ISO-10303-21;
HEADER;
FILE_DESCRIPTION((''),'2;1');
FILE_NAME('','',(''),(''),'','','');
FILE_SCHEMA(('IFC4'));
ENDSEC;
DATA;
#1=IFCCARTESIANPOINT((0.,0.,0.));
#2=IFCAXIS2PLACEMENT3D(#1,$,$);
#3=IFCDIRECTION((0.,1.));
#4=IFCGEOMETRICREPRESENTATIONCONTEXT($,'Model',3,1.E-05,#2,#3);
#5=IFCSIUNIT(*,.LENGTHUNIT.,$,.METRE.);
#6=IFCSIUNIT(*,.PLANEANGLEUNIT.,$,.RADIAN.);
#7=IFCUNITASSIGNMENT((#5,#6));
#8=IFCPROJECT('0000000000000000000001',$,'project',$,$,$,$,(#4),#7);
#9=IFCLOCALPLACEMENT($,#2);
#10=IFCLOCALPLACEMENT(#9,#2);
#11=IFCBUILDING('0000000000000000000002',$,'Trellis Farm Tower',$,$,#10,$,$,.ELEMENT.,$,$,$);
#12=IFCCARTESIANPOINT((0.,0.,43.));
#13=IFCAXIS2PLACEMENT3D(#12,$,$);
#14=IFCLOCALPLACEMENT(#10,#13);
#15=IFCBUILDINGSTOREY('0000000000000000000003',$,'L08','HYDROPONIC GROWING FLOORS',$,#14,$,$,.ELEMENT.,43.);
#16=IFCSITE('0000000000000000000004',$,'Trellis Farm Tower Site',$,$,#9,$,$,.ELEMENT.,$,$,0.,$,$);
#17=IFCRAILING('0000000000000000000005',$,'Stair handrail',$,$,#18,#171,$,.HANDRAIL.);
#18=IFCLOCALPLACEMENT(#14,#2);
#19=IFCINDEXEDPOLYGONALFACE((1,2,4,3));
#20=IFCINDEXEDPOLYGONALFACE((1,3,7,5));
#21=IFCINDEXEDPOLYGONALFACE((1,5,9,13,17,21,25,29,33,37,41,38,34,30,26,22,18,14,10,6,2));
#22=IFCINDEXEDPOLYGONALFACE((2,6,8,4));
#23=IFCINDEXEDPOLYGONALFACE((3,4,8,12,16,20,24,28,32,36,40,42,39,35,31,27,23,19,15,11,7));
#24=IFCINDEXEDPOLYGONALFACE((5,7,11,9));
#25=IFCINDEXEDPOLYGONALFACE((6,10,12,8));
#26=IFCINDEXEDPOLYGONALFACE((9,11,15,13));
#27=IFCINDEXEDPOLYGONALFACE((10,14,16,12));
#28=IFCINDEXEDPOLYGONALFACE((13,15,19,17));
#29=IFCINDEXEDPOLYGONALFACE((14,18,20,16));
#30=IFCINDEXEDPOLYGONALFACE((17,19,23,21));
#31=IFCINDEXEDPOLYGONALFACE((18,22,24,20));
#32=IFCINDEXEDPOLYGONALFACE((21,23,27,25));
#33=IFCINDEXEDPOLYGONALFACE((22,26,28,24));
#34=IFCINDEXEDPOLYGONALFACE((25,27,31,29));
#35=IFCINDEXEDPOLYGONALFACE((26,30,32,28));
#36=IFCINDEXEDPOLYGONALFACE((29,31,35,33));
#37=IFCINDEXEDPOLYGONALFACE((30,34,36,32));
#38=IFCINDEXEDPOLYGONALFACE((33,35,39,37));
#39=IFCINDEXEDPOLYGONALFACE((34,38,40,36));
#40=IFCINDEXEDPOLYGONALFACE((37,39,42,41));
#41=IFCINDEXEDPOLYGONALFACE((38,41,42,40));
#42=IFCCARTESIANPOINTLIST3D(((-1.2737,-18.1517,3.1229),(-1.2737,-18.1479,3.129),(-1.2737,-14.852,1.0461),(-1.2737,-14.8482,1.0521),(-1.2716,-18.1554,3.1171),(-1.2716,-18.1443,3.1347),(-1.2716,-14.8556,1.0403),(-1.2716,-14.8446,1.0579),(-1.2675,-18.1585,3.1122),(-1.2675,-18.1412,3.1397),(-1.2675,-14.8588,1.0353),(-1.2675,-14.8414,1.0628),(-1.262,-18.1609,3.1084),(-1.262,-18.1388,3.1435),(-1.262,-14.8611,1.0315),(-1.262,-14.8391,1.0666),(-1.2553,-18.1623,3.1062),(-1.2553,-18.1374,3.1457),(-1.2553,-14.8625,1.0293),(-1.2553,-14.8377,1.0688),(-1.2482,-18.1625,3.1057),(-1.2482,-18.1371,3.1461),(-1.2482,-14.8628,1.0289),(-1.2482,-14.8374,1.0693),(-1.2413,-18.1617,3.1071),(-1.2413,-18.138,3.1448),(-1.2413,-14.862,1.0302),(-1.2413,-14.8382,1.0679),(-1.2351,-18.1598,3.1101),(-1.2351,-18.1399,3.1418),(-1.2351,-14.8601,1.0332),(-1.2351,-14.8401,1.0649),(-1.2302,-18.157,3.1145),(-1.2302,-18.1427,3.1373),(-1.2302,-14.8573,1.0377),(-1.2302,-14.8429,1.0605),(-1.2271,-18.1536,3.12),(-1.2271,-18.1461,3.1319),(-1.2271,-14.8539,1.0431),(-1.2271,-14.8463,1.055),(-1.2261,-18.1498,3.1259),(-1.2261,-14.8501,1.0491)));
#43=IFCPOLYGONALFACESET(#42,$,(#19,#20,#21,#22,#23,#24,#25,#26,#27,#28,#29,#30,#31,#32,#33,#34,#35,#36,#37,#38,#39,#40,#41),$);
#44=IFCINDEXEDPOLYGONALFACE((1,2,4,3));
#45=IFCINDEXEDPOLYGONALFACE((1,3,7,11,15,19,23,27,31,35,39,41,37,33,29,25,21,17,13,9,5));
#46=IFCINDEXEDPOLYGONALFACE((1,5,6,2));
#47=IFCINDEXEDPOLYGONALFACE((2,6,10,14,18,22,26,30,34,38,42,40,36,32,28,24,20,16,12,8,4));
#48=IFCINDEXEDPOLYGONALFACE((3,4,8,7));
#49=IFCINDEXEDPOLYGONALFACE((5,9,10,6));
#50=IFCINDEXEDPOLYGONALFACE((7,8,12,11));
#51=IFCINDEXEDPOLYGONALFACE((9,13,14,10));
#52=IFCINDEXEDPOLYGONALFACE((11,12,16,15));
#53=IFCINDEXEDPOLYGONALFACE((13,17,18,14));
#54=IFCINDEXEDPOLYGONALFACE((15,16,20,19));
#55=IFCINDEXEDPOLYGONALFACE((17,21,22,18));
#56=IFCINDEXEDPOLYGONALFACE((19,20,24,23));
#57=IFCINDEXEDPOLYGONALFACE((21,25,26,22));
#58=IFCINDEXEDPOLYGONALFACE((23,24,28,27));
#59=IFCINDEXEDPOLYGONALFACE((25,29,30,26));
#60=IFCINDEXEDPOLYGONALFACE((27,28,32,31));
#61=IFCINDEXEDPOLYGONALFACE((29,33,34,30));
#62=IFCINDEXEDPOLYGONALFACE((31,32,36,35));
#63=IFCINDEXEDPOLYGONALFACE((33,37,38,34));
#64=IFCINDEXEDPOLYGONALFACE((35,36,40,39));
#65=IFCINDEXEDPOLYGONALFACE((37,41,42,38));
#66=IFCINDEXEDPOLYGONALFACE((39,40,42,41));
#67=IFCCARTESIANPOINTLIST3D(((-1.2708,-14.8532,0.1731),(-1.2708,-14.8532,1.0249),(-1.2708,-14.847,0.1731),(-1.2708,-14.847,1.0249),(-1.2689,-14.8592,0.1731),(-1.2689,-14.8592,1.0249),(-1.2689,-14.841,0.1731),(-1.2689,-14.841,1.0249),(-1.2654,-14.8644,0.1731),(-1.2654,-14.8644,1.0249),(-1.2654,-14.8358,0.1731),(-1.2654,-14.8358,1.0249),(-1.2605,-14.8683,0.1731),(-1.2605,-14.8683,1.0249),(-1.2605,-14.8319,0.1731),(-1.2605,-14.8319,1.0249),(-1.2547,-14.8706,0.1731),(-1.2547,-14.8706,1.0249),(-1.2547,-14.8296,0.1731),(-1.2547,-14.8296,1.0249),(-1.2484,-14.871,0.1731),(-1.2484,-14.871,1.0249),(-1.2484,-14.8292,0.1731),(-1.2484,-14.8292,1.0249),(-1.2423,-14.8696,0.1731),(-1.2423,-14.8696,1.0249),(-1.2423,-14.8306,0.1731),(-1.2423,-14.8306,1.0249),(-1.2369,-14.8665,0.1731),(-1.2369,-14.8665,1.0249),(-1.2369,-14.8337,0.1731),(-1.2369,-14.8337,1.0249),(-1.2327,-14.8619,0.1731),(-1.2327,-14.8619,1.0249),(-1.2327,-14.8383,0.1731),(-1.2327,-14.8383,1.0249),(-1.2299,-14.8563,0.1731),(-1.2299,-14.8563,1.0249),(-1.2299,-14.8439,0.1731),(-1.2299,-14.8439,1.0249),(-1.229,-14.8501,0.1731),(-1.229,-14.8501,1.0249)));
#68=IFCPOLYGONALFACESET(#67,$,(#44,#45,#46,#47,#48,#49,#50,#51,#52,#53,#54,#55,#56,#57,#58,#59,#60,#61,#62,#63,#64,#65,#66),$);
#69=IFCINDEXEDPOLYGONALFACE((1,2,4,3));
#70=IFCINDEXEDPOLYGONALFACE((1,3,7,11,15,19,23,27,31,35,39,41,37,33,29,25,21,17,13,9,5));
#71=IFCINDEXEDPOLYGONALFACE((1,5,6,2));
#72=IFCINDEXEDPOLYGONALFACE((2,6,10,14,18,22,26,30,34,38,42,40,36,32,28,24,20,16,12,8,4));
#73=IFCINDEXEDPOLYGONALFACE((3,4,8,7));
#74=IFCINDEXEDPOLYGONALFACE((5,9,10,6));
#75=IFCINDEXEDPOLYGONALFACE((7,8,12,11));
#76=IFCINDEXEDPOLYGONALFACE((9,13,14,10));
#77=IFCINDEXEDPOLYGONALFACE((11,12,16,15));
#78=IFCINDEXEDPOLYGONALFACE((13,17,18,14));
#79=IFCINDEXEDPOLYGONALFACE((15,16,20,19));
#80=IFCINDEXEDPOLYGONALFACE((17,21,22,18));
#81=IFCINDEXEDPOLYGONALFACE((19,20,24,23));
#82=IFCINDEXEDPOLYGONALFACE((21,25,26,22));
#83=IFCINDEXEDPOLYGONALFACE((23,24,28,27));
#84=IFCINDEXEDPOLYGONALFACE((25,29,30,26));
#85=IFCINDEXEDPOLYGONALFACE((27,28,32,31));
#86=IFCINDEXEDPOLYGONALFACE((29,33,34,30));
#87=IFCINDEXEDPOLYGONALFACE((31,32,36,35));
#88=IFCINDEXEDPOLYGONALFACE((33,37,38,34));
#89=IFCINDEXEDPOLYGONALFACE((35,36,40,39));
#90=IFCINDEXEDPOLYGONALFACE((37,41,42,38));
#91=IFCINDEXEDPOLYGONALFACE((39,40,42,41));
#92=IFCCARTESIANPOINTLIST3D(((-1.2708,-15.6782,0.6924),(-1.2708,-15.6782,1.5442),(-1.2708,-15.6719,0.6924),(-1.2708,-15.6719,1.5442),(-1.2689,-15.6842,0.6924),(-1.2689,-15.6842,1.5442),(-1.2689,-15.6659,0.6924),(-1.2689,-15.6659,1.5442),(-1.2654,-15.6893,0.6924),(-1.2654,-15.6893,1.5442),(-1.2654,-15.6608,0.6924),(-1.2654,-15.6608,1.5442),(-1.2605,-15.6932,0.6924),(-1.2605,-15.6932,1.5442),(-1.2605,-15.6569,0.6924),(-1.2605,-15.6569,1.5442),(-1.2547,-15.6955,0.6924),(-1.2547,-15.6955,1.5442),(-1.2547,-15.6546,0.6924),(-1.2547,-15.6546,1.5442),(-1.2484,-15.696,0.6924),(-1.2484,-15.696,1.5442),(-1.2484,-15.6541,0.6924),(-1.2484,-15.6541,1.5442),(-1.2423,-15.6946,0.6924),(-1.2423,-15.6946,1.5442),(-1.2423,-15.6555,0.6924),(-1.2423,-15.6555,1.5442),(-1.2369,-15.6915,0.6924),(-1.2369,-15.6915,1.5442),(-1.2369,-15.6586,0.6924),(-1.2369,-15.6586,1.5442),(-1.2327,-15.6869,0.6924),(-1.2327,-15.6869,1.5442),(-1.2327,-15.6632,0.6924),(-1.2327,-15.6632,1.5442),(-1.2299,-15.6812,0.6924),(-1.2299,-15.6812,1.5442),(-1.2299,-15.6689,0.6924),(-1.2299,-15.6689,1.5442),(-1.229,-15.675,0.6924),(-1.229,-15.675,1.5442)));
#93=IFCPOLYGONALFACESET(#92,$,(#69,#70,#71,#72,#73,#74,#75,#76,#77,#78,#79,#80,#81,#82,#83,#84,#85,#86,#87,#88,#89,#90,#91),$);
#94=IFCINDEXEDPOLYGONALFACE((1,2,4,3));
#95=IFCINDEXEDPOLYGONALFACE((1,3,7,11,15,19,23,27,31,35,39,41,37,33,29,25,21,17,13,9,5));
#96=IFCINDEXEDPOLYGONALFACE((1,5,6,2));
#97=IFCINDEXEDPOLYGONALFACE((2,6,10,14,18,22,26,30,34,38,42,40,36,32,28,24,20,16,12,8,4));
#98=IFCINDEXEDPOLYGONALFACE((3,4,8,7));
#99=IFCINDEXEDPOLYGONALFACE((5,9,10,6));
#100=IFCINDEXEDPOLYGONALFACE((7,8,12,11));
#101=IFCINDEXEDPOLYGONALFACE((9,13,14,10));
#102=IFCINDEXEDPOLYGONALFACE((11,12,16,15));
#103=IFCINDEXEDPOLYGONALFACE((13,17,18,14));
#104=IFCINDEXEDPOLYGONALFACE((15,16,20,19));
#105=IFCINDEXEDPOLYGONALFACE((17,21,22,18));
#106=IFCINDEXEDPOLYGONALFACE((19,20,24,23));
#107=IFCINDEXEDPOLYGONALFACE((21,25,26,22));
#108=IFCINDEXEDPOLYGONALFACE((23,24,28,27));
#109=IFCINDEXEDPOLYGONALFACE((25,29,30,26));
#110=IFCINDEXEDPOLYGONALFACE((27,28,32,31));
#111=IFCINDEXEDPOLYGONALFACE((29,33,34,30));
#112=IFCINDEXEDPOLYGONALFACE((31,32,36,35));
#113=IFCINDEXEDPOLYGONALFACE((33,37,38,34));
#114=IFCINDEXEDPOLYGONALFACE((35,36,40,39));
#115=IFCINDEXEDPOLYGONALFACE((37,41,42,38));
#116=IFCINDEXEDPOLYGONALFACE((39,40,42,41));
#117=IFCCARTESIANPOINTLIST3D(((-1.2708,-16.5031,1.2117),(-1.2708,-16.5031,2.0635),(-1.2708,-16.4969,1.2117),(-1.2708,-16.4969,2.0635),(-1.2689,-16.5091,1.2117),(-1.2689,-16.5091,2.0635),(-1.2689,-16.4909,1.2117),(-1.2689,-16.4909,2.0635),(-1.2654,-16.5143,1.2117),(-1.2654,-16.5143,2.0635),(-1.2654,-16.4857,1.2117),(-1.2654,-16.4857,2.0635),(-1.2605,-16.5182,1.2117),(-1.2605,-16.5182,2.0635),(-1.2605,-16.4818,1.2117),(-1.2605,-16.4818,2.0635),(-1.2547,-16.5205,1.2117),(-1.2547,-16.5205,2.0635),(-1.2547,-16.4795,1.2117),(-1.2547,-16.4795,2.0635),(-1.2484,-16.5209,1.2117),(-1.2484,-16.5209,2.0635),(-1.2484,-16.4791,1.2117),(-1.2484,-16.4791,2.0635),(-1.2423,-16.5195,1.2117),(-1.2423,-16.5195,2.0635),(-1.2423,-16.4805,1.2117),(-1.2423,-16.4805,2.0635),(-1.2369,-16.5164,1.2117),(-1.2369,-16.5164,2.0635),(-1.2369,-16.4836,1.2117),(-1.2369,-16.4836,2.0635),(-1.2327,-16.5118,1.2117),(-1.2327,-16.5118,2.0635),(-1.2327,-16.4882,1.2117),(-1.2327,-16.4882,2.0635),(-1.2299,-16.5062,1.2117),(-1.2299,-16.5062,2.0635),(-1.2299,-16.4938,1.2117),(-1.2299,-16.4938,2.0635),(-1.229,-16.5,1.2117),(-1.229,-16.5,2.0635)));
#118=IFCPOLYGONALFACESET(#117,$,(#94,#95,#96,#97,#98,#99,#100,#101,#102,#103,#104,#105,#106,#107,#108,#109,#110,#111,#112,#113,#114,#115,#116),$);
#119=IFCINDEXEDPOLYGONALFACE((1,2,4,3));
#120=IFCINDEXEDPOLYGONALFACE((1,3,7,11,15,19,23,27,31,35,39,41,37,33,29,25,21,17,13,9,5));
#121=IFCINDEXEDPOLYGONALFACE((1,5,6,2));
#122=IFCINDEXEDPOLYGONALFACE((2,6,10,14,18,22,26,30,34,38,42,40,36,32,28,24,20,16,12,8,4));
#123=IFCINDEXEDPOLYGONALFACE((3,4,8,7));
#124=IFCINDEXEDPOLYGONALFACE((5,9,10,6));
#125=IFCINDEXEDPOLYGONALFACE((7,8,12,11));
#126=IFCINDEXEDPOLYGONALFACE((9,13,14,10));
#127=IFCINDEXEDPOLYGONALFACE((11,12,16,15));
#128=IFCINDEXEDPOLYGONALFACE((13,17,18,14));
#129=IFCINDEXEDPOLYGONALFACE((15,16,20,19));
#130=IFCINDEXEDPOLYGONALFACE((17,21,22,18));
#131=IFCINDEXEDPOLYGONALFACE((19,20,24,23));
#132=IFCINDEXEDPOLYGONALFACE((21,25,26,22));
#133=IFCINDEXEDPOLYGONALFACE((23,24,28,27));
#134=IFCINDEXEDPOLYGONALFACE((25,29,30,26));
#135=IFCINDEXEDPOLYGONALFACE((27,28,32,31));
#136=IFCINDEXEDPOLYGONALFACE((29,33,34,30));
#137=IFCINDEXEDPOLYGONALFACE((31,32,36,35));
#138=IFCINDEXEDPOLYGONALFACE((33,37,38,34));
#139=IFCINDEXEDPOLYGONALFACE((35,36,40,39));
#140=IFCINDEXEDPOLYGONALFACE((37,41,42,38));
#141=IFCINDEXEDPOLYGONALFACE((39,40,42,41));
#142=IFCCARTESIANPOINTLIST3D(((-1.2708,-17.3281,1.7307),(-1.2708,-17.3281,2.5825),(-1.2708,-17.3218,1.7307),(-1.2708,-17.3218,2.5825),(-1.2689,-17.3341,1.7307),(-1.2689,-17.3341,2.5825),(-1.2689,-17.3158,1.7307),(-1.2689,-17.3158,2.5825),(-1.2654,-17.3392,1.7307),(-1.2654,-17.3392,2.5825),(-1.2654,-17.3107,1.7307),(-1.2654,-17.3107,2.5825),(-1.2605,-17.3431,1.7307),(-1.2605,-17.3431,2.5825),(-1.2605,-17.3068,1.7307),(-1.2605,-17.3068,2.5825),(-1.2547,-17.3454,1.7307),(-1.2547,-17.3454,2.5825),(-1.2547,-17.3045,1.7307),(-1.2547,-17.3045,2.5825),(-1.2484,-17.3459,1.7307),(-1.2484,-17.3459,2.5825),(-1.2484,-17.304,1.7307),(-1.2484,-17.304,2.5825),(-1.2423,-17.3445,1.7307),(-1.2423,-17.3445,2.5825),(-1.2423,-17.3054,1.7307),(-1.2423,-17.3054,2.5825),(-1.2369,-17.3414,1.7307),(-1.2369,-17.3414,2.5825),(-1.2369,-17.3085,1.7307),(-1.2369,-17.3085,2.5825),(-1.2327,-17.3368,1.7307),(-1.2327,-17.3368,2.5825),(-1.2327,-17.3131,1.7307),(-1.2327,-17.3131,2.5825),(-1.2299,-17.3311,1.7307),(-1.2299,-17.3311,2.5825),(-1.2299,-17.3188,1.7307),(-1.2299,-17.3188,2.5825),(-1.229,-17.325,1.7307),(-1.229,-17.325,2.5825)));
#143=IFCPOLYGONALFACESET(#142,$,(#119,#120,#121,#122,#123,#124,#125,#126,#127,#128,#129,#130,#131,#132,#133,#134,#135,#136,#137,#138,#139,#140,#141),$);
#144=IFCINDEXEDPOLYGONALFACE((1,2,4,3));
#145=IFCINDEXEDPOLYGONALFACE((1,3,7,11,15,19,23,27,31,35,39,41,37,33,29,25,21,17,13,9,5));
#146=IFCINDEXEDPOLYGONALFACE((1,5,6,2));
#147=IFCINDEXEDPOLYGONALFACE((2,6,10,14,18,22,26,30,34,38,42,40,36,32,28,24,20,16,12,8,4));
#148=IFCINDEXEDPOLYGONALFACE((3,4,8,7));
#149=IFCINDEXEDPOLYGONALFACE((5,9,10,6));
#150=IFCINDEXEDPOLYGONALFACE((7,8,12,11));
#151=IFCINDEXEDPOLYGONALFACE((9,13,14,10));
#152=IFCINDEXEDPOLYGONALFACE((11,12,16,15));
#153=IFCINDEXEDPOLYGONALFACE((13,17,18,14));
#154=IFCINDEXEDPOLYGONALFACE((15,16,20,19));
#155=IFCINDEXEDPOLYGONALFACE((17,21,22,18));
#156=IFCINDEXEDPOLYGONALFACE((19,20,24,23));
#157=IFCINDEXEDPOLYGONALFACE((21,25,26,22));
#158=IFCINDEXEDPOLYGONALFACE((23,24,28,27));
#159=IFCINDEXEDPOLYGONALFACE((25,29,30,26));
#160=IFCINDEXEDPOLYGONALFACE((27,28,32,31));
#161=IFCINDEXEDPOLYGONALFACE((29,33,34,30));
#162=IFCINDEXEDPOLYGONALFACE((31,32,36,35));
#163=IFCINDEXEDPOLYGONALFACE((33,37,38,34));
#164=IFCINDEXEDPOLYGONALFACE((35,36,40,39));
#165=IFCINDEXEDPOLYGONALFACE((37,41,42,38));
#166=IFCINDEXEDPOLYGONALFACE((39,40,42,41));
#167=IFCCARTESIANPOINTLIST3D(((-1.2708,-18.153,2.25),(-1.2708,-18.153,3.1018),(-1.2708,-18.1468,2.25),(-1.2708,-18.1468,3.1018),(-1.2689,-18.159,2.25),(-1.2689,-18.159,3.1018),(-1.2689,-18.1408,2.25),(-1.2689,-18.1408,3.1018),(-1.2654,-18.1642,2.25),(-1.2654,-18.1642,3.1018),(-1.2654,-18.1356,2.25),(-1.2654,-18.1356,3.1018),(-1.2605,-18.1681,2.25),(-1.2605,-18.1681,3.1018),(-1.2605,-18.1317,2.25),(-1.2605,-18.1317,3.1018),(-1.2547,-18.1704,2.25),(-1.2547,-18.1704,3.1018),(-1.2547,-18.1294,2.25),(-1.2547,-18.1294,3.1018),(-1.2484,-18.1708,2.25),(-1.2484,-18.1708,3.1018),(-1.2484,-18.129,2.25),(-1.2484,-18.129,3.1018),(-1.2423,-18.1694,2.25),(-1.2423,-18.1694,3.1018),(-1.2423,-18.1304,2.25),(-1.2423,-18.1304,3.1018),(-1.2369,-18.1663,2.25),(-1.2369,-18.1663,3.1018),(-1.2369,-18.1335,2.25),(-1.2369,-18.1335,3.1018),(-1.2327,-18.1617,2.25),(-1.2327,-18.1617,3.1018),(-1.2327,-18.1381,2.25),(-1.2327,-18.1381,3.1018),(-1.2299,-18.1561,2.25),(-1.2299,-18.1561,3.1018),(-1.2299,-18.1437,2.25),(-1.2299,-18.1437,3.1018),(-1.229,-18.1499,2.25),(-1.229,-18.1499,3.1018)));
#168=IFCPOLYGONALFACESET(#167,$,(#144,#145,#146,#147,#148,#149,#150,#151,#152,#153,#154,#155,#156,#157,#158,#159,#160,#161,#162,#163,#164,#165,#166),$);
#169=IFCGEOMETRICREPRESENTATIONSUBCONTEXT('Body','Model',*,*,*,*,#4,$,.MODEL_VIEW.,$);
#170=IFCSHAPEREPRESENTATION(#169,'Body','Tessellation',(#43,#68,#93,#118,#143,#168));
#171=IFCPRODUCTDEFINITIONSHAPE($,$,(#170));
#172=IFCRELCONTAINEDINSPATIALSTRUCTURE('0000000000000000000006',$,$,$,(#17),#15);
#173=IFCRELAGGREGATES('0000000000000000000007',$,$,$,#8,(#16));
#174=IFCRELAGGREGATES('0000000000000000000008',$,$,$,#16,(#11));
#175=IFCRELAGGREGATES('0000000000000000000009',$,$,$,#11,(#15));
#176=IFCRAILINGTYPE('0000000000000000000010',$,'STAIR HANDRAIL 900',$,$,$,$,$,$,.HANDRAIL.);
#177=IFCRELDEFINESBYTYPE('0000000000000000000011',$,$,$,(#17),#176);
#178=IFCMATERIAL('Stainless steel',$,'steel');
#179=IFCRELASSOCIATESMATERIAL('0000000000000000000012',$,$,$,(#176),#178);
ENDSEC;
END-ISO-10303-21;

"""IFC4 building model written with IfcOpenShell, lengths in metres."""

from ifc_helpers import new_model, si_unit, direction, frame, origin, origin_2d, place, context, subcontext, project, spatial, circle, extrude, source, transform, mapped, material, type_object, element, save


model = new_model("IFC4")

# Units and contexts
model_context = context("Model", 3, precision=1e-05, world=origin(), true_north=direction((0.0, 1.0)))
body_context = subcontext(model_context, "Body", "Model", "MODEL_VIEW")
ifc_project = project(units=[si_unit("LENGTHUNIT", "METRE"), si_unit("PLANEANGLEUNIT", "RADIAN")], contexts=[model_context])

# Site, building, storey
site_placement = place(None, origin())
site = spatial("IfcSite", under=ifc_project, at=site_placement, Name="Trellis Farm Tower Site", CompositionType="ELEMENT", RefElevation=0.0)
building_placement = place(site_placement, origin())
building = spatial("IfcBuilding", under=site, at=building_placement, Name="Trellis Farm Tower", CompositionType="ELEMENT")
storey_placement = place(building_placement, frame((0.0, 0.0, 43.0)))
storey = spatial("IfcBuildingStorey", under=building, at=storey_placement, Name="L08", Description="HYDROPONIC GROWING FLOORS", CompositionType="ELEMENT", Elevation=43.0)

# Railing
ifc_material_1 = material(Name="Stainless steel", Category="steel")
railing_type = type_object("IfcRailingType", Name="STAIR HANDRAIL 900", PredefinedType="HANDRAIL", material=ifc_material_1)
shared_shape_1 = source(origin(), body_context, "Body", "SweptSolid", [
    extrude(circle(Radius=0.0239, at=origin_2d()), frame((0.0, 0.0, 0.876), z_axis=(0.0, -0.84632, 0.532675), x_axis=(1.0, 0.0, 0.0)), (0.0, 0.0, 1.0), 3.8989),
    extrude(circle(Radius=0.021, at=origin_2d()), origin(), (0.0, 0.0, 1.0), 0.8518),
    extrude(circle(Radius=0.021, at=origin_2d()), frame((0.0, -0.825, 0.5193)), (0.0, 0.0, 1.0), 0.8518),
    extrude(circle(Radius=0.021, at=origin_2d()), frame((0.0, -1.6499, 1.0386)), (0.0, 0.0, 1.0), 0.8518),
    extrude(circle(Radius=0.021, at=origin_2d()), frame((0.0, -2.4749, 1.5576)), (0.0, 0.0, 1.0), 0.8518),
    extrude(circle(Radius=0.021, at=origin_2d()), frame((0.0, -3.2998, 2.0769)), (0.0, 0.0, 1.0), 0.8518),
])
railing_placement = place(storey_placement, frame((-1.25, -14.8501, 0.1731)))
element("IfcRailing", 1, at=railing_placement, inside=storey, type_object=railing_type, Name="Stair handrail", PredefinedType="HANDRAIL", context=body_context, shape_type="MappedRepresentation", body=[
    mapped(shared_shape_1, transform((0.0, 0.0, 0.0))),
])

save(model, "model.ifc")
